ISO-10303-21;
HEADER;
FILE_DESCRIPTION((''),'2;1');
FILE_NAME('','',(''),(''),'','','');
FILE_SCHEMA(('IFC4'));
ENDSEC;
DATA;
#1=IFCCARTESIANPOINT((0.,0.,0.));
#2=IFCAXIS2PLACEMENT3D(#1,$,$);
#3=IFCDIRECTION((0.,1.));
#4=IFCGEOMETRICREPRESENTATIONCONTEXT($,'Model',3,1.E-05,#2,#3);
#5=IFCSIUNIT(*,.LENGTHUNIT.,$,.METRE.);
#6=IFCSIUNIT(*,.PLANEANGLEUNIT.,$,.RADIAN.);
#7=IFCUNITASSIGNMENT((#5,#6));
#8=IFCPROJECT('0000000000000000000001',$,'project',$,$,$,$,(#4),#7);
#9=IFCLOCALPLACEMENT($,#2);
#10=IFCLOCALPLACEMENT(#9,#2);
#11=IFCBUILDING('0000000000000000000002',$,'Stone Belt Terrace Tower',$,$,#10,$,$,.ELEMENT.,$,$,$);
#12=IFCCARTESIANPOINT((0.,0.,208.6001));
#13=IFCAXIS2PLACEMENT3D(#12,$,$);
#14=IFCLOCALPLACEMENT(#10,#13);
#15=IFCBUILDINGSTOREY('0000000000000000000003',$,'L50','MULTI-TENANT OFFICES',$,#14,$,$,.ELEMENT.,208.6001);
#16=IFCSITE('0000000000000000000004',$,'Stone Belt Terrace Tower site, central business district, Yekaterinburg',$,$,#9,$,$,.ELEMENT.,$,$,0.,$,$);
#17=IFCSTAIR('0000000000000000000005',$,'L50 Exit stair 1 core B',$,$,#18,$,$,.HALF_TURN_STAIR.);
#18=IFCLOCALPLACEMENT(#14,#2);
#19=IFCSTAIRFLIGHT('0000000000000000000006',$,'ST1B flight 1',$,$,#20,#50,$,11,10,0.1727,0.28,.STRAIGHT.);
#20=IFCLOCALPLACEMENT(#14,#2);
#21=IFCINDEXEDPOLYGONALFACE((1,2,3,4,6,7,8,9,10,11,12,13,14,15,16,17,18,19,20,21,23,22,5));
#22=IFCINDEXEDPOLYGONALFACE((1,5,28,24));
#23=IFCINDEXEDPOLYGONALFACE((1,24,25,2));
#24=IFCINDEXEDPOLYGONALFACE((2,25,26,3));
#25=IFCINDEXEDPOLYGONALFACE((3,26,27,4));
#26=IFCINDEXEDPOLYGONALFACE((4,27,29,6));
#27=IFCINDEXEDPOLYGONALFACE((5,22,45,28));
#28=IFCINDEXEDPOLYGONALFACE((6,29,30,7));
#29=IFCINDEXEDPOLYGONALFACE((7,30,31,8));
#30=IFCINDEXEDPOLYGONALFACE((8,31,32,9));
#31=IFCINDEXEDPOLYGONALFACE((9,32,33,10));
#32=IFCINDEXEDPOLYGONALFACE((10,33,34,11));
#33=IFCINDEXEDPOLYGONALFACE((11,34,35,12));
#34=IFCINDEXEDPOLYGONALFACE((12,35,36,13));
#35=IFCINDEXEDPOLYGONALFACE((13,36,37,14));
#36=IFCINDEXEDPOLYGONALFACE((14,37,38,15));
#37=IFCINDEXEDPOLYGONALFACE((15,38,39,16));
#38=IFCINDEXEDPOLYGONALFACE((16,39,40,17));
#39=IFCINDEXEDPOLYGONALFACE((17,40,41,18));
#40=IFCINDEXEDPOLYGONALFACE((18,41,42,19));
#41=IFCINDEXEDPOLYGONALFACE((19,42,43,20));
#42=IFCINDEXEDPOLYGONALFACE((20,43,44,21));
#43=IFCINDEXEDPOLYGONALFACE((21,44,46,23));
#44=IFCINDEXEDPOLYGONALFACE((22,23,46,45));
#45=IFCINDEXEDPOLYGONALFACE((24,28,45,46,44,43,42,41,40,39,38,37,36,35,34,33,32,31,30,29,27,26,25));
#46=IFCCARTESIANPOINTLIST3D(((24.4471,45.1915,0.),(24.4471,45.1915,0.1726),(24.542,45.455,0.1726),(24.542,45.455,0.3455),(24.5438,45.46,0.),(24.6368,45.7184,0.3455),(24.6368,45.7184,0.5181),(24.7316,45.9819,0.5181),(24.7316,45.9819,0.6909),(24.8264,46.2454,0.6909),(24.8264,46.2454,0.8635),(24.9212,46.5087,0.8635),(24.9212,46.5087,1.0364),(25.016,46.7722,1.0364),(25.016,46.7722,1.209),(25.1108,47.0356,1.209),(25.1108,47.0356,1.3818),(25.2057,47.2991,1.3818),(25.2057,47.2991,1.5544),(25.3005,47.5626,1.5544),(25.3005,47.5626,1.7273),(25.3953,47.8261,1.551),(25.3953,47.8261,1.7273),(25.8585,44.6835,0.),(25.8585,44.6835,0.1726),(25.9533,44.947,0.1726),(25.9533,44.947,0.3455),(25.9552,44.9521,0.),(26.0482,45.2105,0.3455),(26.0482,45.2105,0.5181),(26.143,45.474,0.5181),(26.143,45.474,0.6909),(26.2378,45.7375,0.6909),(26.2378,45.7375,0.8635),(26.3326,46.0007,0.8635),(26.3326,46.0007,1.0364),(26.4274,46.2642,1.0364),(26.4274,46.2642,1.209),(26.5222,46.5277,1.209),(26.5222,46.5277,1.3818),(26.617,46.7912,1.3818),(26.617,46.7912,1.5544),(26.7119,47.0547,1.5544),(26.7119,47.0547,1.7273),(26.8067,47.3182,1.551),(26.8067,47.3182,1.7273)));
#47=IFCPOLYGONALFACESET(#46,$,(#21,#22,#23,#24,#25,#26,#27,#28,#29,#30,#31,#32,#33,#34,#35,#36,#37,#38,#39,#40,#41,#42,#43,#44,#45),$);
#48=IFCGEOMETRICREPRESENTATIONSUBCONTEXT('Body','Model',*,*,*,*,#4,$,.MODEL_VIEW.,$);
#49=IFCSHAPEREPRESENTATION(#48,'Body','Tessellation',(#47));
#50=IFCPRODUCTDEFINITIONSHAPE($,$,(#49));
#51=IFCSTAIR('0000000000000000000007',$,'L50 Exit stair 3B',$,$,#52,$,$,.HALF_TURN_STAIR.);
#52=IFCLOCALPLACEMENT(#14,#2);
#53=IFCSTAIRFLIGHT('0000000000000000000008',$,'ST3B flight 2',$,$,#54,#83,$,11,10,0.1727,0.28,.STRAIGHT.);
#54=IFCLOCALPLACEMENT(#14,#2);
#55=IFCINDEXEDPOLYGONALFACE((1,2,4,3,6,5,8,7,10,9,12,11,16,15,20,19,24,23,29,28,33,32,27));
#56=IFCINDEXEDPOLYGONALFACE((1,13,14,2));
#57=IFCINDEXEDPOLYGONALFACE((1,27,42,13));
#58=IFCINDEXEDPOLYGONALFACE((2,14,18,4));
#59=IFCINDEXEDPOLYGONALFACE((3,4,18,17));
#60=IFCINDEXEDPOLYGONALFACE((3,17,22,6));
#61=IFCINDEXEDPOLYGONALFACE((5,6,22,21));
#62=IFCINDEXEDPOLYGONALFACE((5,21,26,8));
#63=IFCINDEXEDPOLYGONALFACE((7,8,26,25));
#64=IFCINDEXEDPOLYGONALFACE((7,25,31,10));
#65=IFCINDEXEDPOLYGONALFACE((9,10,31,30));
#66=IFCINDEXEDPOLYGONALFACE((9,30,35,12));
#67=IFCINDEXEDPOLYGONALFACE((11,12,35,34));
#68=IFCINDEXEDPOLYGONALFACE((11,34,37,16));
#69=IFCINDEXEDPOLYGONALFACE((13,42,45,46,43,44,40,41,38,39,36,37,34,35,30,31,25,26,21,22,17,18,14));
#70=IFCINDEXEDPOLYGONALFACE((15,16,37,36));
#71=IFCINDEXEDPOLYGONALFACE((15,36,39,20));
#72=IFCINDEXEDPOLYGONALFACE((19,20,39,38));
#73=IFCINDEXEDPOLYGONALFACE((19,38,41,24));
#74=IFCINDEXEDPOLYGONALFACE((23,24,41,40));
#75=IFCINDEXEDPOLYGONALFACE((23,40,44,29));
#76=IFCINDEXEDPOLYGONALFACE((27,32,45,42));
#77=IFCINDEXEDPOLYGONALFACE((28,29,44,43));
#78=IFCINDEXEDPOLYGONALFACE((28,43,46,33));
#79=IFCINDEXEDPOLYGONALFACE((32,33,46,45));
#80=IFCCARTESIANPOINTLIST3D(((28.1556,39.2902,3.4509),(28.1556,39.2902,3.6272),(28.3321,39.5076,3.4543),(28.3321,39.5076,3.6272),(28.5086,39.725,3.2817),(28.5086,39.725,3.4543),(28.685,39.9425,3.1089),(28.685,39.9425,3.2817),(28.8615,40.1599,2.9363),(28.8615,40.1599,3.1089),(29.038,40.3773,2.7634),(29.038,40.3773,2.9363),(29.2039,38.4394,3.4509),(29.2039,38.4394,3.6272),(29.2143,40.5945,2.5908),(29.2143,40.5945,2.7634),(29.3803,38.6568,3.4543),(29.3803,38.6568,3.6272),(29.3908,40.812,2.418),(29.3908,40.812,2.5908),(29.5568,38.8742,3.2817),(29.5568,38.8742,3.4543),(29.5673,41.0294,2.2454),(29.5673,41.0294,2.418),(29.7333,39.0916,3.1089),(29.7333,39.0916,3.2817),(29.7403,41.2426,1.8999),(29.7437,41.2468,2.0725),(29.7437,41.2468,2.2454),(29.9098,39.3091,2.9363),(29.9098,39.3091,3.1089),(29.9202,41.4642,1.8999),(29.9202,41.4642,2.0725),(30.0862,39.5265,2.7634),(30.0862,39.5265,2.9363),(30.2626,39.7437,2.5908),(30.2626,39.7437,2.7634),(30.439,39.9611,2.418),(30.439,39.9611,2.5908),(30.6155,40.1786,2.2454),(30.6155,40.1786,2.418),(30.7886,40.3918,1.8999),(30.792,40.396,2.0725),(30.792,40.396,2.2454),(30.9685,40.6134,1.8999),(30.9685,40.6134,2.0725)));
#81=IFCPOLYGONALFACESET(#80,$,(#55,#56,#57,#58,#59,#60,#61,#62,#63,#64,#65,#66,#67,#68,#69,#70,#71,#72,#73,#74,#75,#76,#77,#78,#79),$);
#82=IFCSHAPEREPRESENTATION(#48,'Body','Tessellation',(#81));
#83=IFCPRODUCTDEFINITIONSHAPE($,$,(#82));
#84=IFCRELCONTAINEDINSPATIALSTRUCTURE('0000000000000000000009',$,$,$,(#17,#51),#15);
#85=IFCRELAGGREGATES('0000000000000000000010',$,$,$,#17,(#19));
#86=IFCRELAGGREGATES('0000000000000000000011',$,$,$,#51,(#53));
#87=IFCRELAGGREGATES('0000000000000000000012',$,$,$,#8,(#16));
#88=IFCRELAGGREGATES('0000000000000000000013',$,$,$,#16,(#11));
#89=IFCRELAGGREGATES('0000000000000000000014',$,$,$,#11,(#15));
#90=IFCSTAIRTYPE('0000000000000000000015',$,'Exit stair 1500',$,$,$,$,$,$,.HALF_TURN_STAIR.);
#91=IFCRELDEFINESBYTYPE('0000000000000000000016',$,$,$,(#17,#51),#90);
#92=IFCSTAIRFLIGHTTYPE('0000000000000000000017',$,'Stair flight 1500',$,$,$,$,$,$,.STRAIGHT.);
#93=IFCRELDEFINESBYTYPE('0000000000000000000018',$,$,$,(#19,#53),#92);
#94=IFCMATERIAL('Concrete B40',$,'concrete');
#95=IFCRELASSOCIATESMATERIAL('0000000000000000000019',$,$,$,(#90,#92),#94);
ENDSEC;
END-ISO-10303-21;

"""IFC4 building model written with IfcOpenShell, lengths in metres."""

from ifc_helpers import new_model, si_unit, direction, frame, origin, place, context, subcontext, project, spatial, polyline, outline, extrude, material, type_object, element, aggregate, save


model = new_model("IFC4")

# Units and contexts
model_context = context("Model", 3, precision=1e-05, world=origin(), true_north=direction((0.0, 1.0)))
body_context = subcontext(model_context, "Body", "Model", "MODEL_VIEW")
ifc_project = project(units=[si_unit("LENGTHUNIT", "METRE"), si_unit("PLANEANGLEUNIT", "RADIAN")], contexts=[model_context])

# Site, building, storey
site_placement = place(None, origin())
site = spatial("IfcSite", under=ifc_project, at=site_placement, Name="Stone Belt Terrace Tower site, central business district, Yekaterinburg", CompositionType="ELEMENT", RefElevation=0.0)
building_placement = place(site_placement, origin())
building = spatial("IfcBuilding", under=site, at=building_placement, Name="Stone Belt Terrace Tower", CompositionType="ELEMENT")
storey_placement = place(building_placement, frame((0.0, 0.0, 208.6001)))
storey = spatial("IfcBuildingStorey", under=building, at=storey_placement, Name="L50", Description="MULTI-TENANT OFFICES", CompositionType="ELEMENT", Elevation=208.6001)

# Stairs, stair flights
ifc_material_1 = material(Name="Concrete B40", Category="concrete")
stair_type = type_object("IfcStairType", Name="Exit stair 1500", PredefinedType="HALF_TURN_STAIR", material=ifc_material_1)
stair_1_placement = place(storey_placement, origin())
stair_1 = element("IfcStair", 1, at=stair_1_placement, inside=storey, type_object=stair_type, Name="L50 Exit stair 1 core B", PredefinedType="HALF_TURN_STAIR")
stair_flight_type = type_object("IfcStairFlightType", Name="Stair flight 1500", PredefinedType="STRAIGHT", material=ifc_material_1)
stair_flight_1_placement = place(storey_placement, frame((25.1528, 44.9375, 0.0), z_axis=(0.0, 0.0, 1.0), x_axis=(0.338624, 0.940922, 0.0)))
stair_flight_1 = element("IfcStairFlight", 2, at=stair_flight_1_placement, type_object=stair_flight_type, Name="ST1B flight 1", NumberOfRisers=11, NumberOfTreads=10, PredefinedType="STRAIGHT", RiserHeight=0.1727, TreadLength=0.28, context=body_context, shape_type="SweptSolid", body=[
    extrude(outline(polyline([(0.0, 0.0), (0.0, 0.1726), (0.28, 0.1726), (0.28, 0.3455), (0.5601, 0.3455), (0.5601, 0.5181), (0.8401, 0.5181), (0.8401, 0.6909), (1.1201, 0.6909), (1.1201, 0.8635), (1.3999, 0.8635), (1.3999, 1.0364), (1.6799, 1.0364), (1.6799, 1.209), (1.96, 1.209), (1.96, 1.3818), (2.24, 1.3818), (2.24, 1.5544), (2.52, 1.5544), (2.52, 1.7273), (2.8, 1.7273), (2.8, 1.8999), (2.8, 1.551), (0.2854, 0.0), (0.0, 0.0)])), frame((0.0, 0.75, 0.0), z_axis=(0.0, -1.0, 0.0), x_axis=(1.0, 0.0, 0.0)), (0.0, 0.0, 1.0), 1.5),
])
aggregate(stair_1, [stair_flight_1])
stair_2_placement = place(storey_placement, origin())
stair_2 = element("IfcStair", 3, at=stair_2_placement, inside=storey, type_object=stair_type, Name="L50 Exit stair 3B", PredefinedType="HALF_TURN_STAIR")
stair_flight_2_placement = place(storey_placement, frame((30.4443, 41.0388, 1.8999), z_axis=(0.0, 0.0, 1.0), x_axis=(-0.630206, -0.776428, 0.0)))
stair_flight_2 = element("IfcStairFlight", 4, at=stair_flight_2_placement, type_object=stair_flight_type, Name="ST3B flight 2", NumberOfRisers=11, NumberOfTreads=10, PredefinedType="STRAIGHT", RiserHeight=0.1727, TreadLength=0.28, context=body_context, shape_type="SweptSolid", body=[
    extrude(outline(polyline([(0.0, 0.0), (0.0, 0.1726), (0.28, 0.1726), (0.28, 0.3455), (0.5601, 0.3455), (0.5601, 0.5181), (0.8401, 0.5181), (0.8401, 0.6909), (1.1201, 0.6909), (1.1201, 0.8635), (1.3999, 0.8635), (1.3999, 1.0364), (1.6799, 1.0364), (1.6799, 1.209), (1.96, 1.209), (1.96, 1.3818), (2.24, 1.3818), (2.24, 1.5544), (2.52, 1.5544), (2.52, 1.7273), (2.8, 1.7273), (2.8, 1.8999), (2.8, 1.551), (0.2854, 0.0), (0.0, 0.0)])), frame((0.0, 0.675, 0.0), z_axis=(0.0, -1.0, 0.0), x_axis=(1.0, 0.0, 0.0)), (0.0, 0.0, 1.0), 1.3501),
])
aggregate(stair_2, [stair_flight_2])

save(model, "model.ifc")
